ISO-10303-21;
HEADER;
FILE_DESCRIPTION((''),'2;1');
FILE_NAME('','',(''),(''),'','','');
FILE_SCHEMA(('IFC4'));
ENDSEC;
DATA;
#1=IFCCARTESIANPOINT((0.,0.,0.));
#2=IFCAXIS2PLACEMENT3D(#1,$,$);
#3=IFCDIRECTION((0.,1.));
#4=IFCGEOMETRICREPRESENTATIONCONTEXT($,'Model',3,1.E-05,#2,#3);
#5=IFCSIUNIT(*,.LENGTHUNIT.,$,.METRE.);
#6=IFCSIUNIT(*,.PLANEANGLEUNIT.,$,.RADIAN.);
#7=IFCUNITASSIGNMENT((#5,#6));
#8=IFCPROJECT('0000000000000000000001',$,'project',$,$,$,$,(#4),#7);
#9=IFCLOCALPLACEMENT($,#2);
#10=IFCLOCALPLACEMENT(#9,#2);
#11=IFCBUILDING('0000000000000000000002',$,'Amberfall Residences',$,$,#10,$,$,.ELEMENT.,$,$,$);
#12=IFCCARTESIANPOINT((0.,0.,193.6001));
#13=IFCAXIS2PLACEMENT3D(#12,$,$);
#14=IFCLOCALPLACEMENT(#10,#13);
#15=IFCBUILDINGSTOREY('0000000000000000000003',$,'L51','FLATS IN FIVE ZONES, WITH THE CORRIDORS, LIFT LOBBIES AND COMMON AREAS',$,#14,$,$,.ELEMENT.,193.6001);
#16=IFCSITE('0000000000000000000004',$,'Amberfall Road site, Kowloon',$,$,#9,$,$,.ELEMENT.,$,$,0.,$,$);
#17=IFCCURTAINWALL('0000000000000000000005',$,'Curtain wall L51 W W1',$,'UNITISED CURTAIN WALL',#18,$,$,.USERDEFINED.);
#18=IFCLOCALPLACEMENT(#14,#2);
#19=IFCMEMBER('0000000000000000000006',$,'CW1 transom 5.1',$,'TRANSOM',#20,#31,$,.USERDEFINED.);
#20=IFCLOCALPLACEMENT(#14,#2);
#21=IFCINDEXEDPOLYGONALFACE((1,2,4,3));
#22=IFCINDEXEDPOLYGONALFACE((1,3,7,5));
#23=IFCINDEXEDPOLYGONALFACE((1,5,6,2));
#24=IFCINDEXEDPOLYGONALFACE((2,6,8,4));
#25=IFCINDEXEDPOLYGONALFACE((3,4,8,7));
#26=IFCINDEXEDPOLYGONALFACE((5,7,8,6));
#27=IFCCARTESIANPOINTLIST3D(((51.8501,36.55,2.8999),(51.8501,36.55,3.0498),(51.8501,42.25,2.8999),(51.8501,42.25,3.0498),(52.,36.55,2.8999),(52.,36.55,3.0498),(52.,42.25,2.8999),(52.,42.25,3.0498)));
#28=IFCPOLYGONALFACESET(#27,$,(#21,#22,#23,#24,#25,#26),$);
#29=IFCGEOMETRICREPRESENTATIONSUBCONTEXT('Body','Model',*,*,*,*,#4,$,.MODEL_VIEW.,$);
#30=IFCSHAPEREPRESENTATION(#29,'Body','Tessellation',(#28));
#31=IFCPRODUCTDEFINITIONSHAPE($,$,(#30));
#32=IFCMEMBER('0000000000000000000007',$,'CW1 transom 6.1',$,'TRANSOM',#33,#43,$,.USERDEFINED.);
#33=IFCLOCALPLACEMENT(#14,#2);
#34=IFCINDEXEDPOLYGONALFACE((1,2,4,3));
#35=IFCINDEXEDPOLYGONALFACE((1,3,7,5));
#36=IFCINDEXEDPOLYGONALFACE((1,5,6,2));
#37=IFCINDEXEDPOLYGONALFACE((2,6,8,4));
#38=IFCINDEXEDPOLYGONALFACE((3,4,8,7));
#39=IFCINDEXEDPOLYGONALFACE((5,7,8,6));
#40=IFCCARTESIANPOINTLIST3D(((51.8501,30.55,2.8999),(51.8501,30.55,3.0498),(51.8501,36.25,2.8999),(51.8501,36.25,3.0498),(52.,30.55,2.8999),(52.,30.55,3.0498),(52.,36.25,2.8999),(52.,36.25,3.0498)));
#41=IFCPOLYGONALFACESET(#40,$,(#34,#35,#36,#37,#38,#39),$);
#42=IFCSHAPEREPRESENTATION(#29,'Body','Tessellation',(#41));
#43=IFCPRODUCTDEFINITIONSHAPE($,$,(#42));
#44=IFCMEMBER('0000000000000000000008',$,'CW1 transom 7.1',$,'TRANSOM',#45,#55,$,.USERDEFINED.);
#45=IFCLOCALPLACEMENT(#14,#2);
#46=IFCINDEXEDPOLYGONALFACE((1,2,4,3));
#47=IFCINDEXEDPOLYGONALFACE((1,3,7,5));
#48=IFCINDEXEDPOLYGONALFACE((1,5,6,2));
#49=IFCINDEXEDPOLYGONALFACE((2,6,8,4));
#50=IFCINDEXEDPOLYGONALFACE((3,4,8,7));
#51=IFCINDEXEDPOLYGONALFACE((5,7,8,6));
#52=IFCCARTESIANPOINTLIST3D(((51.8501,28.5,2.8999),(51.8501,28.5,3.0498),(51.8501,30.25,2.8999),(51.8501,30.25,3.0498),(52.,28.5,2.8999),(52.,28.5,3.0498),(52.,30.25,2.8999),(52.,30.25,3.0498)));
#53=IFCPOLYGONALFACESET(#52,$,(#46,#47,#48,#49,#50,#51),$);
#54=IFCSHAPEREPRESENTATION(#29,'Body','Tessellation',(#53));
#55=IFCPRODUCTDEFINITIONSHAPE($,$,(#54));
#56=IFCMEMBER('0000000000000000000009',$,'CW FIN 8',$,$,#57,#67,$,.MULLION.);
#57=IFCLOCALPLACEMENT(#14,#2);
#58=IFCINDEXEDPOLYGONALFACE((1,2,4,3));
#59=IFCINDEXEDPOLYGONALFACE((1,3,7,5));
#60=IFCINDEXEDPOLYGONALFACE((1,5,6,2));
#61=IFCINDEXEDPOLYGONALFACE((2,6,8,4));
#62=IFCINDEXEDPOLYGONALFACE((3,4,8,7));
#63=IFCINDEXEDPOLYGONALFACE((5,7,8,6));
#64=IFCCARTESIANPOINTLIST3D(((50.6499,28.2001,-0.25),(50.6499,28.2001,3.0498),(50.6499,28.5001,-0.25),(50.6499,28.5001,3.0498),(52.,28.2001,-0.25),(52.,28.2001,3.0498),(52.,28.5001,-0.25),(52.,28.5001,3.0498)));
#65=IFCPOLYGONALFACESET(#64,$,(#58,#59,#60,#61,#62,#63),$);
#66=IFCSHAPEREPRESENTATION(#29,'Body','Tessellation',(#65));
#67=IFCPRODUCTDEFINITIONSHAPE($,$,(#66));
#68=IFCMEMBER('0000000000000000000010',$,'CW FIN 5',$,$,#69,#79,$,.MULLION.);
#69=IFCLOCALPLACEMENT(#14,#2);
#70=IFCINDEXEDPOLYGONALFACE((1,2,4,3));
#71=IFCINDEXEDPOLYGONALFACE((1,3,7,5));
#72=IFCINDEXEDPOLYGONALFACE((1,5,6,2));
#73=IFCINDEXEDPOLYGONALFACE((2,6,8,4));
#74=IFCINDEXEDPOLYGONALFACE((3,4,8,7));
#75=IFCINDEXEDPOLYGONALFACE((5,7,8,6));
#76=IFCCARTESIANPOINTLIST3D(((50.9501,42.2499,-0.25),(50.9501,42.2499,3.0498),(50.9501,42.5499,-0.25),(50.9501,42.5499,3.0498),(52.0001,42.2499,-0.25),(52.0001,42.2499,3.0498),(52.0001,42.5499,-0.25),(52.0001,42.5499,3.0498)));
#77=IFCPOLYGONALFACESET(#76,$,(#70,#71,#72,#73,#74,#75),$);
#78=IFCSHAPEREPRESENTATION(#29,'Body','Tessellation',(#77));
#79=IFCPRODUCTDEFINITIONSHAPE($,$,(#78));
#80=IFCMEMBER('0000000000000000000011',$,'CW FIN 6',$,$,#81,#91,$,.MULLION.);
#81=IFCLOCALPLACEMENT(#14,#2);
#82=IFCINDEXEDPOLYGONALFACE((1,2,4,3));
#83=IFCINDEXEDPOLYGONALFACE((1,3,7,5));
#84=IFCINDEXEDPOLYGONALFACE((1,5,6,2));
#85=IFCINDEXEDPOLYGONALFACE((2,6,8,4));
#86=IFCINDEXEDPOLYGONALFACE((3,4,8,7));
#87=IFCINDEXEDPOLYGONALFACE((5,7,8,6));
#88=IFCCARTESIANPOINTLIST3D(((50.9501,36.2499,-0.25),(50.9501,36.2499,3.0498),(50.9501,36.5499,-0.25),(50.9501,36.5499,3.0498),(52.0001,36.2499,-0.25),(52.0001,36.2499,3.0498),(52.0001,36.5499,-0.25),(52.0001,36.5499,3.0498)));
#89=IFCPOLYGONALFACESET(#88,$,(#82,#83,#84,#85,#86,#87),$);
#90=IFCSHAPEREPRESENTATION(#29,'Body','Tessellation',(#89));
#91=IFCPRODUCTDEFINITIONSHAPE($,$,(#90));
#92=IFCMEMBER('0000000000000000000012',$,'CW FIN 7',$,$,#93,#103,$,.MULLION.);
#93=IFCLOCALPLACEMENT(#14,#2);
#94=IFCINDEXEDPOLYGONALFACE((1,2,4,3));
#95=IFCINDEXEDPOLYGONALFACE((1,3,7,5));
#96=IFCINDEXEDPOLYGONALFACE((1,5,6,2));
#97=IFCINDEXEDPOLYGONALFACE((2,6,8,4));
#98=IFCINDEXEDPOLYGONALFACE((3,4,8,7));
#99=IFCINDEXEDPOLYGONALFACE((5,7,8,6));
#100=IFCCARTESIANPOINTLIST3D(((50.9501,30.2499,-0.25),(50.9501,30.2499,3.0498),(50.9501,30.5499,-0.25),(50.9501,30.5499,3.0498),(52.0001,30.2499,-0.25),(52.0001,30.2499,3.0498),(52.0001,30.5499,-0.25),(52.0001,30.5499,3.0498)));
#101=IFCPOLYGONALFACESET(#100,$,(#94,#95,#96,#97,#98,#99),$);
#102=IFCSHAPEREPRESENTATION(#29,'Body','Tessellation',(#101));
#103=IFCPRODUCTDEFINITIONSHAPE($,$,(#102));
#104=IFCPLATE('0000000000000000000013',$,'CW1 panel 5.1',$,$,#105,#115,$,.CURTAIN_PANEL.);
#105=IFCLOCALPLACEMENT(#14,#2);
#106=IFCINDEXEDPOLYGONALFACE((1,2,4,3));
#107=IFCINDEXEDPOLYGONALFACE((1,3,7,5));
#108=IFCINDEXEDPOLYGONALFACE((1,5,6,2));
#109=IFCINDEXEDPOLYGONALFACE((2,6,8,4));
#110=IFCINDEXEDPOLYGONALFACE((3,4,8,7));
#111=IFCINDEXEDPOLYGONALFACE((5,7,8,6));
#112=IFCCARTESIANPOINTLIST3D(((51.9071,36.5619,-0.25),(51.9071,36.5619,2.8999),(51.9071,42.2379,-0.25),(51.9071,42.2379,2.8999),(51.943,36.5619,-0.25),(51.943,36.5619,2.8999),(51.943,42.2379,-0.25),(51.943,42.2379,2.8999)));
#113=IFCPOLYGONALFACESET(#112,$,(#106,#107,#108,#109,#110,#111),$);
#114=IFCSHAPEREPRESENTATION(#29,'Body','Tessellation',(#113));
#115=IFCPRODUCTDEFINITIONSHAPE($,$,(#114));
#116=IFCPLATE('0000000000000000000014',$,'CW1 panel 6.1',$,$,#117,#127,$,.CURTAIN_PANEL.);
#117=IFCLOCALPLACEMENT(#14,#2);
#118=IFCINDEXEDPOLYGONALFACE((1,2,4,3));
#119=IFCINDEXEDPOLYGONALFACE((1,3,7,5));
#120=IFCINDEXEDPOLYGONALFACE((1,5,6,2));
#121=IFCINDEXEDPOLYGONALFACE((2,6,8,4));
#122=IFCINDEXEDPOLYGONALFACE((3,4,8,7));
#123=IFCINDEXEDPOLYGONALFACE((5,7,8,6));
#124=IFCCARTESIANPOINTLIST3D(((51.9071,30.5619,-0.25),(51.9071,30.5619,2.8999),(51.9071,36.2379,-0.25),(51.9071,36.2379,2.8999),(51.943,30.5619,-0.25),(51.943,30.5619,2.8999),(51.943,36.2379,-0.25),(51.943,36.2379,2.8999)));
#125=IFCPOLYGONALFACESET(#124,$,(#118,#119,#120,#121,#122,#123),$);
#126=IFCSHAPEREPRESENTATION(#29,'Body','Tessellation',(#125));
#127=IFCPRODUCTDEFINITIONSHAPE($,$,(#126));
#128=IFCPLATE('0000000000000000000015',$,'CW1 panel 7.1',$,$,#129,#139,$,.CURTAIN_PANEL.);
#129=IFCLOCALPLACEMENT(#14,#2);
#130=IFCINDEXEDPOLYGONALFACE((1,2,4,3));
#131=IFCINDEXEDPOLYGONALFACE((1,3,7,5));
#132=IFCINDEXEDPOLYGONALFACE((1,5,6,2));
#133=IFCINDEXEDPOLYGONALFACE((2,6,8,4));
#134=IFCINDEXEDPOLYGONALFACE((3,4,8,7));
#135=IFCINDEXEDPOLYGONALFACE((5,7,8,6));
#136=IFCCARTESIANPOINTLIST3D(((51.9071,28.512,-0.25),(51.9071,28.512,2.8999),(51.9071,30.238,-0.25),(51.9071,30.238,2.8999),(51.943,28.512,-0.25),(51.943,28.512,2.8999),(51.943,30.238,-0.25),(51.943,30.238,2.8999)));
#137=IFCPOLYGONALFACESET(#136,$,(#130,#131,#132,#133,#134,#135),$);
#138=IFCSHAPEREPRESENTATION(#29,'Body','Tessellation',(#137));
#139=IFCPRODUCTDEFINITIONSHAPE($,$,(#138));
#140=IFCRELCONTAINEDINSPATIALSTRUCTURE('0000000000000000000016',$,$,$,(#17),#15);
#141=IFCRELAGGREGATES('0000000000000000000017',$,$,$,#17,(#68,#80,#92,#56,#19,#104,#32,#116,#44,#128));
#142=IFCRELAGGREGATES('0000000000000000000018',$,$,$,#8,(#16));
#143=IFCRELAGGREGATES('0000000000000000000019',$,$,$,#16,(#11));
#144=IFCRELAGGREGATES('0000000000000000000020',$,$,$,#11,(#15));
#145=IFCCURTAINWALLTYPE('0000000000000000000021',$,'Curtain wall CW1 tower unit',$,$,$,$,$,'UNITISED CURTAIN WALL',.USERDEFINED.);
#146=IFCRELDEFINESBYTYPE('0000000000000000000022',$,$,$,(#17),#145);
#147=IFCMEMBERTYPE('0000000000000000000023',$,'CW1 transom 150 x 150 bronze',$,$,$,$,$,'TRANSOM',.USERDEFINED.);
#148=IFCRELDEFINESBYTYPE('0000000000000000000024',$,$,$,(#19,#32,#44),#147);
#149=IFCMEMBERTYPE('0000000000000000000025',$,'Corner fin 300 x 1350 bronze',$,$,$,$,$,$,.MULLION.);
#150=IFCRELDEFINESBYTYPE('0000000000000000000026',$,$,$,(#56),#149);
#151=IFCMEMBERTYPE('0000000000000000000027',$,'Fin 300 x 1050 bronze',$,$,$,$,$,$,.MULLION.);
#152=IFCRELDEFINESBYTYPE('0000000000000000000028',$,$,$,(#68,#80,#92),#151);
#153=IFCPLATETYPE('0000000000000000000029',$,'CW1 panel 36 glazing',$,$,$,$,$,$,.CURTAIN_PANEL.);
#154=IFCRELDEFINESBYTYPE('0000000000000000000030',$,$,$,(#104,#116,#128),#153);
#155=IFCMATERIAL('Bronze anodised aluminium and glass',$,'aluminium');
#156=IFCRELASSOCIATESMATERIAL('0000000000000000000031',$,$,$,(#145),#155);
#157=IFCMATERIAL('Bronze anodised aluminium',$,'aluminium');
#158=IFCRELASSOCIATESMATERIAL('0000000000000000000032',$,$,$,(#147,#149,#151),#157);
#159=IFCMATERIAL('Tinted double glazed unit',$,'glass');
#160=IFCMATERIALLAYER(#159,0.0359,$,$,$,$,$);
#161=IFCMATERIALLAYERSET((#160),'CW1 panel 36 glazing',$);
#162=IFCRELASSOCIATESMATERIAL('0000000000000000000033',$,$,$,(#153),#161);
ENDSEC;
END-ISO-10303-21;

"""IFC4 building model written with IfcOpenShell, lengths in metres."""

from ifc_helpers import new_model, si_unit, direction, frame, origin, origin_2d, place, context, subcontext, project, spatial, rectangle, extrude, material, layer, layer_set, material_profile, profile_set, type_object, element, aggregate, save


model = new_model("IFC4")

# Units and contexts
model_context = context("Model", 3, precision=1e-05, world=origin(), true_north=direction((0.0, 1.0)))
body_context = subcontext(model_context, "Body", "Model", "MODEL_VIEW")
ifc_project = project(units=[si_unit("LENGTHUNIT", "METRE"), si_unit("PLANEANGLEUNIT", "RADIAN")], contexts=[model_context])

# Site, building, storey
site_placement = place(None, origin())
site = spatial("IfcSite", under=ifc_project, at=site_placement, Name="Amberfall Road site, Kowloon", CompositionType="ELEMENT", RefElevation=0.0)
building_placement = place(site_placement, origin())
building = spatial("IfcBuilding", under=site, at=building_placement, Name="Amberfall Residences", CompositionType="ELEMENT")
storey_placement = place(building_placement, frame((0.0, 0.0, 193.6001)))
storey = spatial("IfcBuildingStorey", under=building, at=storey_placement, Name="L51", Description="FLATS IN FIVE ZONES, WITH THE CORRIDORS, LIFT LOBBIES AND COMMON AREAS", CompositionType="ELEMENT", Elevation=193.6001)

# Curtain wall, members, plates
ifc_material_1 = material(Name="Bronze anodised aluminium and glass", Category="aluminium")
curtain_wall_type = type_object("IfcCurtainWallType", Name="Curtain wall CW1 tower unit", ElementType="UNITISED CURTAIN WALL", PredefinedType="USERDEFINED", material=ifc_material_1)
curtain_wall_placement = place(storey_placement, origin())
curtain_wall = element("IfcCurtainWall", 1, at=curtain_wall_placement, inside=storey, type_object=curtain_wall_type, Name="Curtain wall L51 W W1", ObjectType="UNITISED CURTAIN WALL", PredefinedType="USERDEFINED")
ifc_material_2 = material(Name="Bronze anodised aluminium", Category="aluminium")
ifc_material_profile_1 = material_profile(ifc_material_2, rectangle(XDim=0.1499, YDim=0.1499, at=origin_2d()), Name="CW1 transom 150 x 150 bronze")
ifc_profile_set_1 = profile_set([ifc_material_profile_1], Name="Bronze anodised aluminium")
member_type_1 = type_object("IfcMemberType", Name="CW1 transom 150 x 150 bronze", ElementType="TRANSOM", PredefinedType="USERDEFINED", material=ifc_profile_set_1)
member_1_placement = place(storey_placement, frame((51.925, 42.25, 2.9749), z_axis=(0.0, -1.0, 0.0), x_axis=(1.0, 0.0, 0.0)))
member_1 = element("IfcMember", 2, at=member_1_placement, type_object=member_type_1, Name="CW1 transom 5.1", ObjectType="TRANSOM", PredefinedType="USERDEFINED", context=body_context, shape_type="SweptSolid", body=[
    extrude(rectangle(XDim=0.1499, YDim=0.1499, at=origin_2d()), origin(), (0.0, 0.0, 1.0), 5.7),
])
member_2_placement = place(storey_placement, frame((51.925, 36.25, 2.9749), z_axis=(0.0, -1.0, 0.0), x_axis=(1.0, 0.0, 0.0)))
member_2 = element("IfcMember", 3, at=member_2_placement, type_object=member_type_1, Name="CW1 transom 6.1", ObjectType="TRANSOM", PredefinedType="USERDEFINED", context=body_context, shape_type="SweptSolid", body=[
    extrude(rectangle(XDim=0.1499, YDim=0.1499, at=origin_2d()), origin(), (0.0, 0.0, 1.0), 5.7),
])
member_3_placement = place(storey_placement, frame((51.925, 30.25, 2.9749), z_axis=(0.0, -1.0, 0.0), x_axis=(1.0, 0.0, 0.0)))
member_3 = element("IfcMember", 4, at=member_3_placement, type_object=member_type_1, Name="CW1 transom 7.1", ObjectType="TRANSOM", PredefinedType="USERDEFINED", context=body_context, shape_type="SweptSolid", body=[
    extrude(rectangle(XDim=0.1499, YDim=0.1499, at=origin_2d()), origin(), (0.0, 0.0, 1.0), 1.75),
])
ifc_material_profile_2 = material_profile(ifc_material_2, rectangle(XDim=1.3501, YDim=0.3, at=origin_2d()), Name="Corner fin 300 x 1350 bronze")
ifc_profile_set_2 = profile_set([ifc_material_profile_2], Name="Bronze anodised aluminium")
member_type_2 = type_object("IfcMemberType", Name="Corner fin 300 x 1350 bronze", PredefinedType="MULLION", material=ifc_profile_set_2)
member_4_placement = place(storey_placement, frame((51.325, 28.3501, -0.25), z_axis=(0.0, 0.0, 1.0), x_axis=(1.0, 0.0, 0.0)))
member_4 = element("IfcMember", 5, at=member_4_placement, type_object=member_type_2, Name="CW FIN 8", PredefinedType="MULLION", context=body_context, shape_type="SweptSolid", body=[
    extrude(rectangle(XDim=1.3501, YDim=0.3, at=origin_2d()), origin(), (0.0, 0.0, 1.0), 3.2998),
])
ifc_material_profile_3 = material_profile(ifc_material_2, rectangle(XDim=1.05, YDim=0.3, at=origin_2d()), Name="Fin 300 x 1050 bronze")
ifc_profile_set_3 = profile_set([ifc_material_profile_3], Name="Bronze anodised aluminium")
member_type_3 = type_object("IfcMemberType", Name="Fin 300 x 1050 bronze", PredefinedType="MULLION", material=ifc_profile_set_3)
member_5_placement = place(storey_placement, frame((51.4751, 42.3999, -0.25), z_axis=(0.0, 0.0, 1.0), x_axis=(1.0, 0.0, 0.0)))
member_5 = element("IfcMember", 6, at=member_5_placement, type_object=member_type_3, Name="CW FIN 5", PredefinedType="MULLION", context=body_context, shape_type="SweptSolid", body=[
    extrude(rectangle(XDim=1.05, YDim=0.3, at=origin_2d()), origin(), (0.0, 0.0, 1.0), 3.2998),
])
member_6_placement = place(storey_placement, frame((51.4751, 36.3999, -0.25), z_axis=(0.0, 0.0, 1.0), x_axis=(1.0, 0.0, 0.0)))
member_6 = element("IfcMember", 7, at=member_6_placement, type_object=member_type_3, Name="CW FIN 6", PredefinedType="MULLION", context=body_context, shape_type="SweptSolid", body=[
    extrude(rectangle(XDim=1.05, YDim=0.3, at=origin_2d()), origin(), (0.0, 0.0, 1.0), 3.2998),
])
member_7_placement = place(storey_placement, frame((51.4751, 30.3999, -0.25), z_axis=(0.0, 0.0, 1.0), x_axis=(1.0, 0.0, 0.0)))
member_7 = element("IfcMember", 8, at=member_7_placement, type_object=member_type_3, Name="CW FIN 7", PredefinedType="MULLION", context=body_context, shape_type="SweptSolid", body=[
    extrude(rectangle(XDim=1.05, YDim=0.3, at=origin_2d()), origin(), (0.0, 0.0, 1.0), 3.2998),
])
ifc_material_3 = material(Name="Tinted double glazed unit", Category="glass")
ifc_layer_1 = layer(ifc_material_3, 0.0359)
ifc_layer_set_1 = layer_set([ifc_layer_1], Name="CW1 panel 36 glazing")
plate_type = type_object("IfcPlateType", Name="CW1 panel 36 glazing", PredefinedType="CURTAIN_PANEL", material=ifc_layer_set_1)
plate_1_placement = place(storey_placement, frame((51.925, 39.3999, -0.25), z_axis=(0.0, 0.0, 1.0), x_axis=(0.0, -1.0, 0.0)))
plate_1 = element("IfcPlate", 9, at=plate_1_placement, type_object=plate_type, Name="CW1 panel 5.1", PredefinedType="CURTAIN_PANEL", context=body_context, shape_type="SweptSolid", body=[
    extrude(rectangle(XDim=5.676, YDim=0.0359, at=origin_2d()), origin(), (0.0, 0.0, 1.0), 3.1499),
])
plate_2_placement = place(storey_placement, frame((51.925, 33.3999, -0.25), z_axis=(0.0, 0.0, 1.0), x_axis=(0.0, -1.0, 0.0)))
plate_2 = element("IfcPlate", 10, at=plate_2_placement, type_object=plate_type, Name="CW1 panel 6.1", PredefinedType="CURTAIN_PANEL", context=body_context, shape_type="SweptSolid", body=[
    extrude(rectangle(XDim=5.676, YDim=0.0359, at=origin_2d()), origin(), (0.0, 0.0, 1.0), 3.1499),
])
plate_3_placement = place(storey_placement, frame((51.925, 29.375, -0.25), z_axis=(0.0, 0.0, 1.0), x_axis=(0.0, -1.0, 0.0)))
plate_3 = element("IfcPlate", 11, at=plate_3_placement, type_object=plate_type, Name="CW1 panel 7.1", PredefinedType="CURTAIN_PANEL", context=body_context, shape_type="SweptSolid", body=[
    extrude(rectangle(XDim=1.7261, YDim=0.0359, at=origin_2d()), origin(), (0.0, 0.0, 1.0), 3.1499),
])
aggregate(curtain_wall, [member_5, member_6, member_7, member_4, member_1, plate_1, member_2, plate_2, member_3, plate_3])

save(model, "model.ifc")
